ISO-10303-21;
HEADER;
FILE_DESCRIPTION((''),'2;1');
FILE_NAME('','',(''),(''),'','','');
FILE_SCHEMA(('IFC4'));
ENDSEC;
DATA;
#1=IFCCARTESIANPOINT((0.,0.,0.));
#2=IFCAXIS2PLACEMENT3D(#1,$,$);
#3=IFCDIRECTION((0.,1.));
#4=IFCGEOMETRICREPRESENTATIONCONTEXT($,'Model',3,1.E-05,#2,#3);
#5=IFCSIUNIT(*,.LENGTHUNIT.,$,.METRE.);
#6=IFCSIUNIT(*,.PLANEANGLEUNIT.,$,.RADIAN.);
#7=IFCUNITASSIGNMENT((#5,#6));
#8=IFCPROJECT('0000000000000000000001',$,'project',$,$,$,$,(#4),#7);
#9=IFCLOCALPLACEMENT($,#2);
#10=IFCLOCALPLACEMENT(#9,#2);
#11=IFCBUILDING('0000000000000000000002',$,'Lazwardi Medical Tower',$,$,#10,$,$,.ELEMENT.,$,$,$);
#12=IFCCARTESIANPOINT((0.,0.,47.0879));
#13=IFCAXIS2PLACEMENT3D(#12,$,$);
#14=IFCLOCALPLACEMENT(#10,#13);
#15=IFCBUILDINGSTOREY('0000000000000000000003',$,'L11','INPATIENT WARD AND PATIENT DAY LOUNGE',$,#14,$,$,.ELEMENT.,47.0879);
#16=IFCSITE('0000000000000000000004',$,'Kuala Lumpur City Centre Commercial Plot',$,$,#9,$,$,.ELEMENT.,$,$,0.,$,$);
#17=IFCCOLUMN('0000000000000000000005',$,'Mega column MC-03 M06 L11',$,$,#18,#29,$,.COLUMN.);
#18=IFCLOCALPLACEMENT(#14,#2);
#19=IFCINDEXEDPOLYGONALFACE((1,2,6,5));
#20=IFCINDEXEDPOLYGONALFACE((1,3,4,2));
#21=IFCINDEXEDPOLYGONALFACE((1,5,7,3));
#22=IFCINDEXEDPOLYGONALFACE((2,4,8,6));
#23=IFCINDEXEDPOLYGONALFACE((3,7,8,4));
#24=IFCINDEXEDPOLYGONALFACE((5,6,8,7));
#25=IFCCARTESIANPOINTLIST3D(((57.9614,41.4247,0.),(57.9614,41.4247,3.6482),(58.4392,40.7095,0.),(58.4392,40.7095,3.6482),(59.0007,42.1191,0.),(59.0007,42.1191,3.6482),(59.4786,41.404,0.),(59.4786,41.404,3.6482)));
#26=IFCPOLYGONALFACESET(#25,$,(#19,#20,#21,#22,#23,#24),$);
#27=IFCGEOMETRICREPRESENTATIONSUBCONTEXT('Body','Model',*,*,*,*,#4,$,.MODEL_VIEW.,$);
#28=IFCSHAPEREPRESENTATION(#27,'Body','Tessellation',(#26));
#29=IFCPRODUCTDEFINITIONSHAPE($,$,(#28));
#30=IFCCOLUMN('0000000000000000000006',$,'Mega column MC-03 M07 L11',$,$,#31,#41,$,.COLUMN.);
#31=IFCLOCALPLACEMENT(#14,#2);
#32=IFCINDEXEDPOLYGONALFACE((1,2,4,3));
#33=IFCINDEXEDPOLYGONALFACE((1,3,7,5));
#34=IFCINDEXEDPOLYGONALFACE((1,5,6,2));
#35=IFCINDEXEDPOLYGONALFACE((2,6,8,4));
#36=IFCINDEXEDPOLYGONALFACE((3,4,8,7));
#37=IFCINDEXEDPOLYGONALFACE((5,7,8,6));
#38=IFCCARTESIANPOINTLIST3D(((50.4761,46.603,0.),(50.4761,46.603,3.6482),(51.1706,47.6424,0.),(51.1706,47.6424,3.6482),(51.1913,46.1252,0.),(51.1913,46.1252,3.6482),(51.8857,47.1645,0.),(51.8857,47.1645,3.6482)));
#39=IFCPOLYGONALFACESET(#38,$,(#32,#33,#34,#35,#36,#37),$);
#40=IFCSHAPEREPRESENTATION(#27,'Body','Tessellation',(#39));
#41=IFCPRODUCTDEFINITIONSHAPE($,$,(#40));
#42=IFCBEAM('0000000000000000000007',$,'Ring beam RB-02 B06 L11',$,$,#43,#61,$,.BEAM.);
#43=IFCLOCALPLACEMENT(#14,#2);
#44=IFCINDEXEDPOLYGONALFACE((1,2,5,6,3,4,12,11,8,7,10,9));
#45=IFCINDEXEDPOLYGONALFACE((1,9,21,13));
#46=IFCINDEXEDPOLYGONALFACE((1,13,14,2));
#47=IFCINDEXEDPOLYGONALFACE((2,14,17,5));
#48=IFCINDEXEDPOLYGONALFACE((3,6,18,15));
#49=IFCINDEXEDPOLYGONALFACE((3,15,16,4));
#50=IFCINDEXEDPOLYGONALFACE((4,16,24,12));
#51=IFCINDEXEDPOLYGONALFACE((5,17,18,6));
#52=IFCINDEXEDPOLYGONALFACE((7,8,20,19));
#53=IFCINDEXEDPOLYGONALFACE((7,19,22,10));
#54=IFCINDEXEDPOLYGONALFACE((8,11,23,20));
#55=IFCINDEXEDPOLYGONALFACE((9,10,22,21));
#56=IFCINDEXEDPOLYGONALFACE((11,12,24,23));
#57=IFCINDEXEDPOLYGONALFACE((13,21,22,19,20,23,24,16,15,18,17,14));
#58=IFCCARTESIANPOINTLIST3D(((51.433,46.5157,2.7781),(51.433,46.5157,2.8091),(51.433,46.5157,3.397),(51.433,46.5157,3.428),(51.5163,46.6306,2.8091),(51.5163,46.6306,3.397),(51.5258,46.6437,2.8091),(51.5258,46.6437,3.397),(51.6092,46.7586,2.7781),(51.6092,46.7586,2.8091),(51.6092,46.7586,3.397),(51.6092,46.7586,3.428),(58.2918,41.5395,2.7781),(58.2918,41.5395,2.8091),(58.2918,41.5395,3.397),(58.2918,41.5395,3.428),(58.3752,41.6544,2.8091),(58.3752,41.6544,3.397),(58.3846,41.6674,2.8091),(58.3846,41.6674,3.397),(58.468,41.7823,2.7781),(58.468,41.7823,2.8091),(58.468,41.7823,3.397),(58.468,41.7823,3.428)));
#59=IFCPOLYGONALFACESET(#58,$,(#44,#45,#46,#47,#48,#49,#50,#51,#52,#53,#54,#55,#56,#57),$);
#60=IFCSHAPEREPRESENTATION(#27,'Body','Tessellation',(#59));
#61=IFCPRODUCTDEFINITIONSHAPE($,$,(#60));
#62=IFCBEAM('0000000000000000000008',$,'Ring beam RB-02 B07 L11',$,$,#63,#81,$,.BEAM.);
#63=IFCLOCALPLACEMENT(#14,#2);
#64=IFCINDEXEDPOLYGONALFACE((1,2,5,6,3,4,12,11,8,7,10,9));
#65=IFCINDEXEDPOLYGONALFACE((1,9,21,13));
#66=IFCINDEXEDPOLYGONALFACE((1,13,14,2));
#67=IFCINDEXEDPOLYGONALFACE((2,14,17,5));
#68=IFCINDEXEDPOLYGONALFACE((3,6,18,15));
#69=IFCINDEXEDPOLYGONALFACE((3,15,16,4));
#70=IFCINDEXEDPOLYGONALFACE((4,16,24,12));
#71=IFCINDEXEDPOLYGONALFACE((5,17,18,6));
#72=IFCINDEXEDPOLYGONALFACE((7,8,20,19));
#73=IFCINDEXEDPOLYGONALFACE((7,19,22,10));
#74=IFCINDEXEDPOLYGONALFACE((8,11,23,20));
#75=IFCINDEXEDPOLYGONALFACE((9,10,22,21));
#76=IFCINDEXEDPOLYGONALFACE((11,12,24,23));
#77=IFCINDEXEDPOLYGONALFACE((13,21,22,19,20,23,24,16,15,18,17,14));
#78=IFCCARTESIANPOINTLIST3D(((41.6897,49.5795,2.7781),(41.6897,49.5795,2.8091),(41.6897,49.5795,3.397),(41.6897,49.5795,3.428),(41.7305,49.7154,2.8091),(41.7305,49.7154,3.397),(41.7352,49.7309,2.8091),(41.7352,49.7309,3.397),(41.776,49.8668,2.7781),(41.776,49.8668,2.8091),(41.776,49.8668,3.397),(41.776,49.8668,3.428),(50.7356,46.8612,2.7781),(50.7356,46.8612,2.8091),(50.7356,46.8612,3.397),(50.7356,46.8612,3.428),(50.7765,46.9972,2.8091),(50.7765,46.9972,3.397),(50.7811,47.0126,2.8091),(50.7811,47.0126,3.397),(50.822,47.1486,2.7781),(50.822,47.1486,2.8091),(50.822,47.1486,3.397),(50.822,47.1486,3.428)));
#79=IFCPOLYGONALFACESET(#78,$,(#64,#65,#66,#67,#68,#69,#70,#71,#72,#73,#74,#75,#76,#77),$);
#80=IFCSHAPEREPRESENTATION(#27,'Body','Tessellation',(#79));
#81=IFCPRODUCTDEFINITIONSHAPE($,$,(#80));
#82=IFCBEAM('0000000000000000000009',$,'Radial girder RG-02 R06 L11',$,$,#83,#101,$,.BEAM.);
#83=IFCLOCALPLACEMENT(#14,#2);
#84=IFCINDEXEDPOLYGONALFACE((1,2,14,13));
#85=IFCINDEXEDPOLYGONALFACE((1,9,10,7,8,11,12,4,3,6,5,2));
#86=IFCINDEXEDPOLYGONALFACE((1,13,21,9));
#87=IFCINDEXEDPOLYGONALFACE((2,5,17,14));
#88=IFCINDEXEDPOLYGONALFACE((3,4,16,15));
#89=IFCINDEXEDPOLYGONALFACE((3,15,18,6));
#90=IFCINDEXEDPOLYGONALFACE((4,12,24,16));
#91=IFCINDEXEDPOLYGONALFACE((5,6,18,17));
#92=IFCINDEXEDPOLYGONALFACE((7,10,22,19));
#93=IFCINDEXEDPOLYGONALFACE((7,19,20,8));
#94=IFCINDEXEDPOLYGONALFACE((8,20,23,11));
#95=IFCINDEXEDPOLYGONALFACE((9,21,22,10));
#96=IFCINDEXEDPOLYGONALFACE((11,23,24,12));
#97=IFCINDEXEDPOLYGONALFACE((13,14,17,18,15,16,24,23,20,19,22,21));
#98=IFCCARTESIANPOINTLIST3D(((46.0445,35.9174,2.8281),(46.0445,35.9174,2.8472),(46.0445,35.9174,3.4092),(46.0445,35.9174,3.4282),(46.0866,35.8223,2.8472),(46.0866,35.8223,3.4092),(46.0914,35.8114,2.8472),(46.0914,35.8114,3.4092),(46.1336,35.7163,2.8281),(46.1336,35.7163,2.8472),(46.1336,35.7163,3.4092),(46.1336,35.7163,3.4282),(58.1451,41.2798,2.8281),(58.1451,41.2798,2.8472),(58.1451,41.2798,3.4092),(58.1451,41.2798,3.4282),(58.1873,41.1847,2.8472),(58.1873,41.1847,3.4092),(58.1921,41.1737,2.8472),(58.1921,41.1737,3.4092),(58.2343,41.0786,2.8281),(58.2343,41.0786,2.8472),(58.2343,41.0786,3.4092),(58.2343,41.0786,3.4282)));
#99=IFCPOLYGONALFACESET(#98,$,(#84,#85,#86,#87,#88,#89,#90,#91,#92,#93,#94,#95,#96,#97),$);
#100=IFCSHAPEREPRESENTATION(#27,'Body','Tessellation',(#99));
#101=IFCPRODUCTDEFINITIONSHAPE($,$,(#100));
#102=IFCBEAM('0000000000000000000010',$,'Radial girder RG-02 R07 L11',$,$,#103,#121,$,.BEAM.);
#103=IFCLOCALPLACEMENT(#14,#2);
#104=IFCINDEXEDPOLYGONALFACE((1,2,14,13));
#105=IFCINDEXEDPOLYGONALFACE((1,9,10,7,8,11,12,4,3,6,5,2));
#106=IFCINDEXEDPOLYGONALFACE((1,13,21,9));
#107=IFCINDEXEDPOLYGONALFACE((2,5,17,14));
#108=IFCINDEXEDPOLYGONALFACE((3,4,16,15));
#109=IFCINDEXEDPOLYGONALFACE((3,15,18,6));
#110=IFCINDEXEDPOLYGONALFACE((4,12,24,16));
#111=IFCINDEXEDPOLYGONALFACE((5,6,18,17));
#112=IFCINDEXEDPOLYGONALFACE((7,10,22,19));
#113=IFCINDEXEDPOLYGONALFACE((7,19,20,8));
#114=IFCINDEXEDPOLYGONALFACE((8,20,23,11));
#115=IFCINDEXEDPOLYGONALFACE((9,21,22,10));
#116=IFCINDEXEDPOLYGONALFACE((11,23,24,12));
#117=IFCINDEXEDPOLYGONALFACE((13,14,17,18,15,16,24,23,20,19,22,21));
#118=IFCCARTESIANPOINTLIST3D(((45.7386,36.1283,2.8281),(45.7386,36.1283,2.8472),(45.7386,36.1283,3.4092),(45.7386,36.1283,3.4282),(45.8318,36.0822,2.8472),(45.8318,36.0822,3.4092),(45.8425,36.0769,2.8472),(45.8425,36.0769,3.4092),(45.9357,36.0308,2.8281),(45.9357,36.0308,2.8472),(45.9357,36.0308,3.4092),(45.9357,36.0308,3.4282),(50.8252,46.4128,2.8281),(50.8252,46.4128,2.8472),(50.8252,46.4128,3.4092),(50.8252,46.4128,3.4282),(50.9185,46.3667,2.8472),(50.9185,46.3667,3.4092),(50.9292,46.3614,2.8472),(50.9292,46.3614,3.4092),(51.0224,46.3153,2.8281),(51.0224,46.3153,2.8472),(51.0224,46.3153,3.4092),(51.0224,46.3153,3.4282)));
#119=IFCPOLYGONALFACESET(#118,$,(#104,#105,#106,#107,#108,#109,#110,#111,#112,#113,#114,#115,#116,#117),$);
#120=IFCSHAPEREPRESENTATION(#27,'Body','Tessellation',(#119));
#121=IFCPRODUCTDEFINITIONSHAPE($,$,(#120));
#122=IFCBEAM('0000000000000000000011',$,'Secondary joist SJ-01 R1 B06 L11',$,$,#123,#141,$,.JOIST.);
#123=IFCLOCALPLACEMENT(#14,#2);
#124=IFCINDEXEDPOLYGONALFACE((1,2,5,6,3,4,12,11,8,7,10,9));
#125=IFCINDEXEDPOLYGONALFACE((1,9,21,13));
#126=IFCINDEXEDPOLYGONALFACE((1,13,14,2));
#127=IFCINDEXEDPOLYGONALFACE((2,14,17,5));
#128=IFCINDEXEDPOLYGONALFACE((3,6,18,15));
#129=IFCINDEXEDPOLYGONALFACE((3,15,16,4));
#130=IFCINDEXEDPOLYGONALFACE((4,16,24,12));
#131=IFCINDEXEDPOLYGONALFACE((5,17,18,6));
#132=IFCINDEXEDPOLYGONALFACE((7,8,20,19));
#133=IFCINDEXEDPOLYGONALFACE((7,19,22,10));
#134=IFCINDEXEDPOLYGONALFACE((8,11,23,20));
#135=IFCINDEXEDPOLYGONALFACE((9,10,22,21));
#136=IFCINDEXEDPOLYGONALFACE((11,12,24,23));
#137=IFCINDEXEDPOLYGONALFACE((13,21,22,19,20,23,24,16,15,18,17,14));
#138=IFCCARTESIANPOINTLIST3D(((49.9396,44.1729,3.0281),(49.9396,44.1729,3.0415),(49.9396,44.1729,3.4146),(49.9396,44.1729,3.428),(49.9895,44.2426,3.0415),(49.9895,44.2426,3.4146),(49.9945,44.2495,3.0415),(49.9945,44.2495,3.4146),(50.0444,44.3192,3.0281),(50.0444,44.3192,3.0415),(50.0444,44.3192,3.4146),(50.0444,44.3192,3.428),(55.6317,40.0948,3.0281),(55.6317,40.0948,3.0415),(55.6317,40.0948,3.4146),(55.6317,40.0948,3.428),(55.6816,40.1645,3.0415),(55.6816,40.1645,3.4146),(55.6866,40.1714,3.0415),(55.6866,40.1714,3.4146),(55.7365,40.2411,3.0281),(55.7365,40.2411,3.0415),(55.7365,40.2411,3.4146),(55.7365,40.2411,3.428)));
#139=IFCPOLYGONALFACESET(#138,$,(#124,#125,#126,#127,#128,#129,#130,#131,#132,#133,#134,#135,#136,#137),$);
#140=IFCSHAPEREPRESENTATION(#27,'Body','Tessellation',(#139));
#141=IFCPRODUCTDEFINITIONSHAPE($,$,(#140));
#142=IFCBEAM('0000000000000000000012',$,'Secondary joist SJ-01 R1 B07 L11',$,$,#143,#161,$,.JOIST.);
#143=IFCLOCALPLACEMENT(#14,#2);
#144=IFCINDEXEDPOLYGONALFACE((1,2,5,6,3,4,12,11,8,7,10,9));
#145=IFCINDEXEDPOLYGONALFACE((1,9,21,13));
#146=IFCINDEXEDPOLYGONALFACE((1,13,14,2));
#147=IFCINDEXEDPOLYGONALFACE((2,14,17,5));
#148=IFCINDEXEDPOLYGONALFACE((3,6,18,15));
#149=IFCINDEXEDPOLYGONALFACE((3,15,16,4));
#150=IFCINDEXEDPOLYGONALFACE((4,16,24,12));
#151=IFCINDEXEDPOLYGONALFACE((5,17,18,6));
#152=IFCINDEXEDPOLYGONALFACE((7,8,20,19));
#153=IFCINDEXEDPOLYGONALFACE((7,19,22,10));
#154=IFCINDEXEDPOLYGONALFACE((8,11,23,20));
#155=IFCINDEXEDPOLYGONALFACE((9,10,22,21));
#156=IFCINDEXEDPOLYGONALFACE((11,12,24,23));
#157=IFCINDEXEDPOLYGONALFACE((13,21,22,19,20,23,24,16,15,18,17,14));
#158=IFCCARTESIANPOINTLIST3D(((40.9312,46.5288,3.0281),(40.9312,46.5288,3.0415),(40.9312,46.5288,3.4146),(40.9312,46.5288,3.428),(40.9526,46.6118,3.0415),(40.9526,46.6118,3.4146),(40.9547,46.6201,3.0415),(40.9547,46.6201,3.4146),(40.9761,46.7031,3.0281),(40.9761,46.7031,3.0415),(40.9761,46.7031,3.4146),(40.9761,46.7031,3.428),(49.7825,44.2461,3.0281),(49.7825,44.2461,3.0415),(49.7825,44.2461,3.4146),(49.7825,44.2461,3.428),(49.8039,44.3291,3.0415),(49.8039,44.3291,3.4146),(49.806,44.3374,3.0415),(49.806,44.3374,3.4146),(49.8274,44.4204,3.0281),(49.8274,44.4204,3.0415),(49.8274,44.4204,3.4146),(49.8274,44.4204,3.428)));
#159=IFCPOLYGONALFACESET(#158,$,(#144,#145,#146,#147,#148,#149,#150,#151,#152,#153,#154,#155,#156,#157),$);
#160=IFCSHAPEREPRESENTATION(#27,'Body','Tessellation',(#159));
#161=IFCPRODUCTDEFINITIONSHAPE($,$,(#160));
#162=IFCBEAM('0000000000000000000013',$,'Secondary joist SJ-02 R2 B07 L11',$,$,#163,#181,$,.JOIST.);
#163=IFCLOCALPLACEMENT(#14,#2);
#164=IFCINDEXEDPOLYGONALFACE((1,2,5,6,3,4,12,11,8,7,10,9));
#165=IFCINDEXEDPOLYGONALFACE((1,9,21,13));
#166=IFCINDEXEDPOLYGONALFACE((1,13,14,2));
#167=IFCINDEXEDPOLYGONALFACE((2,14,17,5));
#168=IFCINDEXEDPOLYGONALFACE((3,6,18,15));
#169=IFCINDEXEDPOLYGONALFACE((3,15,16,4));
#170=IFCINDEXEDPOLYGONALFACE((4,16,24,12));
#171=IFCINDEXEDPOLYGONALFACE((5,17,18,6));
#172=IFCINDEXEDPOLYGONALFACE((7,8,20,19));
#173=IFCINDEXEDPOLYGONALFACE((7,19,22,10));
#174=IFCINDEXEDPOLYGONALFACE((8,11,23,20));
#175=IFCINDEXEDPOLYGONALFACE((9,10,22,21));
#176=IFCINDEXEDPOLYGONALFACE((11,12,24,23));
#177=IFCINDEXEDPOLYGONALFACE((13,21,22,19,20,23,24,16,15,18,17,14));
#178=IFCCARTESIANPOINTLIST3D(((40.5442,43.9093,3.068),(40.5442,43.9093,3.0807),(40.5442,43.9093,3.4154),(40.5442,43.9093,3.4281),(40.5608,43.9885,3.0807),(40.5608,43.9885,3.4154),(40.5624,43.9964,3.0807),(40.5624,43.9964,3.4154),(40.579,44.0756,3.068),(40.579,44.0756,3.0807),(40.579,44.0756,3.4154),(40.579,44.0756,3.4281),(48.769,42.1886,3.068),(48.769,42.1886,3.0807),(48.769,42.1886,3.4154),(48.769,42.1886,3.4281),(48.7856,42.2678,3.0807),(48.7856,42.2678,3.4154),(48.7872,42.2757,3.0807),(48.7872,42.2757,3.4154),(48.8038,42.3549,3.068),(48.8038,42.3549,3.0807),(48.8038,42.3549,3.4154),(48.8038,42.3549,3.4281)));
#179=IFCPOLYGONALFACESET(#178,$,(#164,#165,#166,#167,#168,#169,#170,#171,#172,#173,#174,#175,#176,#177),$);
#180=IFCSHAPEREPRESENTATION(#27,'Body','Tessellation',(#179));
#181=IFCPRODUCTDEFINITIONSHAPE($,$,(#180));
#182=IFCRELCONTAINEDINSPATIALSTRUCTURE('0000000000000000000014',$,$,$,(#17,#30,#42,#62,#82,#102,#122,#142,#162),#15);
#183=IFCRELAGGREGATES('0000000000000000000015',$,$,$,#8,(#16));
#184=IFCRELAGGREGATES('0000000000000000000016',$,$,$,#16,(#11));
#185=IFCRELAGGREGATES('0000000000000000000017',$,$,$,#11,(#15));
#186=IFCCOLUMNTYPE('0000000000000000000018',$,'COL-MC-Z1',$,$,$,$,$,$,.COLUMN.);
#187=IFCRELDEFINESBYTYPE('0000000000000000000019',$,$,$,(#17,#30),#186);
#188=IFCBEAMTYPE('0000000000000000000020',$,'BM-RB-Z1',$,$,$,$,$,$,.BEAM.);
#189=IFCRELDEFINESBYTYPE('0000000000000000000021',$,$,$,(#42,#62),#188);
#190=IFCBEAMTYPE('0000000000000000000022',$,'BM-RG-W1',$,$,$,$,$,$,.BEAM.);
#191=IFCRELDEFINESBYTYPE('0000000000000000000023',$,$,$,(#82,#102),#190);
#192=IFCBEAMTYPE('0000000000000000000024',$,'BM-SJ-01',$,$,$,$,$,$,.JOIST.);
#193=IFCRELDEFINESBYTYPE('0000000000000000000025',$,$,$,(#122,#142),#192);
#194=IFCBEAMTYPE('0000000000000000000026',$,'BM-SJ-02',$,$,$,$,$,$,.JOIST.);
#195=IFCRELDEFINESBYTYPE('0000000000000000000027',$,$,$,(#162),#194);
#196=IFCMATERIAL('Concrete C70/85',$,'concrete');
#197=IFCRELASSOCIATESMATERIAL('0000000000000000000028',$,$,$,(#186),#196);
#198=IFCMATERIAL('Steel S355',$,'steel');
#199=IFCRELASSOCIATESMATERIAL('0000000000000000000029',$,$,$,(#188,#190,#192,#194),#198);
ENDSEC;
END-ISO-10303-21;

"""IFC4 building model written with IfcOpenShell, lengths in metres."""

from ifc_helpers import new_model, si_unit, direction, frame, origin, origin_2d, place, context, subcontext, project, spatial, rectangle, i_section, extrude, material, material_profile, profile_set, type_object, element, save


model = new_model("IFC4")

# Units and contexts
model_context = context("Model", 3, precision=1e-05, world=origin(), true_north=direction((0.0, 1.0)))
body_context = subcontext(model_context, "Body", "Model", "MODEL_VIEW")
ifc_project = project(units=[si_unit("LENGTHUNIT", "METRE"), si_unit("PLANEANGLEUNIT", "RADIAN")], contexts=[model_context])

# Site, building, storey
site_placement = place(None, origin())
site = spatial("IfcSite", under=ifc_project, at=site_placement, Name="Kuala Lumpur City Centre Commercial Plot", CompositionType="ELEMENT", RefElevation=0.0)
building_placement = place(site_placement, origin())
building = spatial("IfcBuilding", under=site, at=building_placement, Name="Lazwardi Medical Tower", CompositionType="ELEMENT")
storey_placement = place(building_placement, frame((0.0, 0.0, 47.0879)))
storey = spatial("IfcBuildingStorey", under=building, at=storey_placement, Name="L11", Description="INPATIENT WARD AND PATIENT DAY LOUNGE", CompositionType="ELEMENT", Elevation=47.0879)

# Columns
ifc_material_1 = material(Name="Concrete C70/85", Category="concrete")
ifc_material_profile_1 = material_profile(ifc_material_1, rectangle(XDim=1.25, YDim=0.8601, at=origin_2d()), Name="CFT-RECT 1250x860")
ifc_profile_set_1 = profile_set([ifc_material_profile_1], Name="Concrete C70/85")
column_type = type_object("IfcColumnType", Name="COL-MC-Z1", PredefinedType="COLUMN", material=ifc_profile_set_1)
for number, where, z_axis, x_axis, name in (
    (1, (58.72, 41.4143, 0.0), (0.0, 0.0, 1.0), (0.83147, 0.55557, 0.0), "Mega column MC-03 M06 L11"),
    (2, (51.1809, 46.8838, 0.0), (0.0, 0.0, 1.0), (0.55557, 0.83147, 0.0), "Mega column MC-03 M07 L11"),
):
    element("IfcColumn", number, at=place(storey_placement, frame(where, z_axis=z_axis, x_axis=x_axis)), inside=storey, type_object=column_type, Name=name, PredefinedType="COLUMN", context=body_context, shape_type="SweptSolid", body=[
        extrude(rectangle(XDim=1.25, YDim=0.8601, at=origin_2d()), origin(), (0.0, 0.0, 1.0), 3.6482),
    ])

# Beams
ifc_material_2 = material(Name="Steel S355", Category="steel")
ifc_material_profile_2 = material_profile(ifc_material_2, i_section(OverallWidth=0.3, OverallDepth=0.6499, WebThickness=0.0161, FlangeThickness=0.031, at=origin_2d()), Name="HEB 650")
ifc_profile_set_2 = profile_set([ifc_material_profile_2], Name="Steel S355")
beam_type_1 = type_object("IfcBeamType", Name="BM-RB-Z1", PredefinedType="BEAM", material=ifc_profile_set_2)
beam_1_placement = place(storey_placement, frame((58.3799, 41.6609, 3.103), z_axis=(-0.809407, 0.587248, 0.0), x_axis=(-0.587248, -0.809407, 0.0)))
element("IfcBeam", 3, at=beam_1_placement, inside=storey, type_object=beam_type_1, Name="Ring beam RB-02 B06 L11", PredefinedType="BEAM", context=body_context, shape_type="SweptSolid", body=[
    extrude(i_section(OverallWidth=0.3, OverallDepth=0.6499, WebThickness=0.0161, FlangeThickness=0.031, at=origin_2d()), origin(), (0.0, 0.0, 1.0), 8.4739),
])
beam_2_placement = place(storey_placement, frame((50.7788, 47.0049, 3.103), z_axis=(-0.957695, 0.287784, 0.0), x_axis=(-0.287784, -0.957695, 0.0)))
element("IfcBeam", 4, at=beam_2_placement, inside=storey, type_object=beam_type_1, Name="Ring beam RB-02 B07 L11", PredefinedType="BEAM", context=body_context, shape_type="SweptSolid", body=[
    extrude(i_section(OverallWidth=0.3, OverallDepth=0.6499, WebThickness=0.0161, FlangeThickness=0.031, at=origin_2d()), origin(), (0.0, 0.0, 1.0), 9.4456),
])
ifc_material_profile_3 = material_profile(ifc_material_2, i_section(OverallWidth=0.22, OverallDepth=0.6001, WebThickness=0.012, FlangeThickness=0.019, at=origin_2d()), Name="IPE 600")
ifc_profile_set_3 = profile_set([ifc_material_profile_3], Name="Steel S355")
beam_type_2 = type_object("IfcBeamType", Name="BM-RG-W1", PredefinedType="BEAM", material=ifc_profile_set_3)
beam_3_placement = place(storey_placement, frame((58.1897, 41.1792, 3.1282), z_axis=(-0.914252, -0.405146, 0.0), x_axis=(0.405146, -0.914252, 0.0)))
element("IfcBeam", 5, at=beam_3_placement, inside=storey, type_object=beam_type_2, Name="Radial girder RG-02 R06 L11", PredefinedType="BEAM", context=body_context, shape_type="SweptSolid", body=[
    extrude(i_section(OverallWidth=0.22, OverallDepth=0.6001, WebThickness=0.012, FlangeThickness=0.019, at=origin_2d()), origin(), (0.0, 0.0, 1.0), 13.2356),
])
beam_4_placement = place(storey_placement, frame((50.9238, 46.364, 3.1282), z_axis=(-0.443337, -0.896355, 0.0), x_axis=(0.896355, -0.443337, 0.0)))
element("IfcBeam", 6, at=beam_4_placement, inside=storey, type_object=beam_type_2, Name="Radial girder RG-02 R07 L11", PredefinedType="BEAM", context=body_context, shape_type="SweptSolid", body=[
    extrude(i_section(OverallWidth=0.22, OverallDepth=0.6001, WebThickness=0.012, FlangeThickness=0.019, at=origin_2d()), origin(), (0.0, 0.0, 1.0), 11.4736),
])
ifc_material_profile_4 = material_profile(ifc_material_2, i_section(OverallWidth=0.1799, OverallDepth=0.3999, WebThickness=0.0085, FlangeThickness=0.0134, at=origin_2d()), Name="IPE 400")
ifc_profile_set_4 = profile_set([ifc_material_profile_4], Name="Steel S355")
beam_type_3 = type_object("IfcBeamType", Name="BM-SJ-01", PredefinedType="JOIST", material=ifc_profile_set_4)
beam_5_placement = place(storey_placement, frame((55.6841, 40.168, 3.228), z_axis=(-0.812901, 0.582402, 0.0), x_axis=(-0.582402, -0.812901, 0.0)))
element("IfcBeam", 7, at=beam_5_placement, inside=storey, type_object=beam_type_3, Name="Secondary joist SJ-01 R1 B06 L11", PredefinedType="JOIST", context=body_context, shape_type="SweptSolid", body=[
    extrude(i_section(OverallWidth=0.1799, OverallDepth=0.3999, WebThickness=0.0085, FlangeThickness=0.0134, at=origin_2d()), origin(), (0.0, 0.0, 1.0), 7.0022),
])
beam_6_placement = place(storey_placement, frame((49.8049, 44.3333, 3.228), z_axis=(-0.968317, 0.249725, 0.0), x_axis=(-0.249725, -0.968317, 0.0)))
element("IfcBeam", 8, at=beam_6_placement, inside=storey, type_object=beam_type_3, Name="Secondary joist SJ-01 R1 B07 L11", PredefinedType="JOIST", context=body_context, shape_type="SweptSolid", body=[
    extrude(i_section(OverallWidth=0.1799, OverallDepth=0.3999, WebThickness=0.0085, FlangeThickness=0.0134, at=origin_2d()), origin(), (0.0, 0.0, 1.0), 9.1409),
])
ifc_material_profile_5 = material_profile(ifc_material_2, i_section(OverallWidth=0.1699, OverallDepth=0.3601, WebThickness=0.0081, FlangeThickness=0.0127, at=origin_2d()), Name="IPE 360")
ifc_profile_set_5 = profile_set([ifc_material_profile_5], Name="Steel S355")
beam_type_4 = type_object("IfcBeamType", Name="BM-SJ-02", PredefinedType="JOIST", material=ifc_profile_set_5)
beam_7_placement = place(storey_placement, frame((48.7864, 42.2717, 3.248), z_axis=(-0.978809, 0.204774, 0.0), x_axis=(-0.204774, -0.978809, 0.0)))
element("IfcBeam", 9, at=beam_7_placement, inside=storey, type_object=beam_type_4, Name="Secondary joist SJ-02 R2 B07 L11", PredefinedType="JOIST", context=body_context, shape_type="SweptSolid", body=[
    extrude(i_section(OverallWidth=0.1699, OverallDepth=0.3601, WebThickness=0.0081, FlangeThickness=0.0127, at=origin_2d()), origin(), (0.0, 0.0, 1.0), 8.4028),
])

save(model, "model.ifc")
